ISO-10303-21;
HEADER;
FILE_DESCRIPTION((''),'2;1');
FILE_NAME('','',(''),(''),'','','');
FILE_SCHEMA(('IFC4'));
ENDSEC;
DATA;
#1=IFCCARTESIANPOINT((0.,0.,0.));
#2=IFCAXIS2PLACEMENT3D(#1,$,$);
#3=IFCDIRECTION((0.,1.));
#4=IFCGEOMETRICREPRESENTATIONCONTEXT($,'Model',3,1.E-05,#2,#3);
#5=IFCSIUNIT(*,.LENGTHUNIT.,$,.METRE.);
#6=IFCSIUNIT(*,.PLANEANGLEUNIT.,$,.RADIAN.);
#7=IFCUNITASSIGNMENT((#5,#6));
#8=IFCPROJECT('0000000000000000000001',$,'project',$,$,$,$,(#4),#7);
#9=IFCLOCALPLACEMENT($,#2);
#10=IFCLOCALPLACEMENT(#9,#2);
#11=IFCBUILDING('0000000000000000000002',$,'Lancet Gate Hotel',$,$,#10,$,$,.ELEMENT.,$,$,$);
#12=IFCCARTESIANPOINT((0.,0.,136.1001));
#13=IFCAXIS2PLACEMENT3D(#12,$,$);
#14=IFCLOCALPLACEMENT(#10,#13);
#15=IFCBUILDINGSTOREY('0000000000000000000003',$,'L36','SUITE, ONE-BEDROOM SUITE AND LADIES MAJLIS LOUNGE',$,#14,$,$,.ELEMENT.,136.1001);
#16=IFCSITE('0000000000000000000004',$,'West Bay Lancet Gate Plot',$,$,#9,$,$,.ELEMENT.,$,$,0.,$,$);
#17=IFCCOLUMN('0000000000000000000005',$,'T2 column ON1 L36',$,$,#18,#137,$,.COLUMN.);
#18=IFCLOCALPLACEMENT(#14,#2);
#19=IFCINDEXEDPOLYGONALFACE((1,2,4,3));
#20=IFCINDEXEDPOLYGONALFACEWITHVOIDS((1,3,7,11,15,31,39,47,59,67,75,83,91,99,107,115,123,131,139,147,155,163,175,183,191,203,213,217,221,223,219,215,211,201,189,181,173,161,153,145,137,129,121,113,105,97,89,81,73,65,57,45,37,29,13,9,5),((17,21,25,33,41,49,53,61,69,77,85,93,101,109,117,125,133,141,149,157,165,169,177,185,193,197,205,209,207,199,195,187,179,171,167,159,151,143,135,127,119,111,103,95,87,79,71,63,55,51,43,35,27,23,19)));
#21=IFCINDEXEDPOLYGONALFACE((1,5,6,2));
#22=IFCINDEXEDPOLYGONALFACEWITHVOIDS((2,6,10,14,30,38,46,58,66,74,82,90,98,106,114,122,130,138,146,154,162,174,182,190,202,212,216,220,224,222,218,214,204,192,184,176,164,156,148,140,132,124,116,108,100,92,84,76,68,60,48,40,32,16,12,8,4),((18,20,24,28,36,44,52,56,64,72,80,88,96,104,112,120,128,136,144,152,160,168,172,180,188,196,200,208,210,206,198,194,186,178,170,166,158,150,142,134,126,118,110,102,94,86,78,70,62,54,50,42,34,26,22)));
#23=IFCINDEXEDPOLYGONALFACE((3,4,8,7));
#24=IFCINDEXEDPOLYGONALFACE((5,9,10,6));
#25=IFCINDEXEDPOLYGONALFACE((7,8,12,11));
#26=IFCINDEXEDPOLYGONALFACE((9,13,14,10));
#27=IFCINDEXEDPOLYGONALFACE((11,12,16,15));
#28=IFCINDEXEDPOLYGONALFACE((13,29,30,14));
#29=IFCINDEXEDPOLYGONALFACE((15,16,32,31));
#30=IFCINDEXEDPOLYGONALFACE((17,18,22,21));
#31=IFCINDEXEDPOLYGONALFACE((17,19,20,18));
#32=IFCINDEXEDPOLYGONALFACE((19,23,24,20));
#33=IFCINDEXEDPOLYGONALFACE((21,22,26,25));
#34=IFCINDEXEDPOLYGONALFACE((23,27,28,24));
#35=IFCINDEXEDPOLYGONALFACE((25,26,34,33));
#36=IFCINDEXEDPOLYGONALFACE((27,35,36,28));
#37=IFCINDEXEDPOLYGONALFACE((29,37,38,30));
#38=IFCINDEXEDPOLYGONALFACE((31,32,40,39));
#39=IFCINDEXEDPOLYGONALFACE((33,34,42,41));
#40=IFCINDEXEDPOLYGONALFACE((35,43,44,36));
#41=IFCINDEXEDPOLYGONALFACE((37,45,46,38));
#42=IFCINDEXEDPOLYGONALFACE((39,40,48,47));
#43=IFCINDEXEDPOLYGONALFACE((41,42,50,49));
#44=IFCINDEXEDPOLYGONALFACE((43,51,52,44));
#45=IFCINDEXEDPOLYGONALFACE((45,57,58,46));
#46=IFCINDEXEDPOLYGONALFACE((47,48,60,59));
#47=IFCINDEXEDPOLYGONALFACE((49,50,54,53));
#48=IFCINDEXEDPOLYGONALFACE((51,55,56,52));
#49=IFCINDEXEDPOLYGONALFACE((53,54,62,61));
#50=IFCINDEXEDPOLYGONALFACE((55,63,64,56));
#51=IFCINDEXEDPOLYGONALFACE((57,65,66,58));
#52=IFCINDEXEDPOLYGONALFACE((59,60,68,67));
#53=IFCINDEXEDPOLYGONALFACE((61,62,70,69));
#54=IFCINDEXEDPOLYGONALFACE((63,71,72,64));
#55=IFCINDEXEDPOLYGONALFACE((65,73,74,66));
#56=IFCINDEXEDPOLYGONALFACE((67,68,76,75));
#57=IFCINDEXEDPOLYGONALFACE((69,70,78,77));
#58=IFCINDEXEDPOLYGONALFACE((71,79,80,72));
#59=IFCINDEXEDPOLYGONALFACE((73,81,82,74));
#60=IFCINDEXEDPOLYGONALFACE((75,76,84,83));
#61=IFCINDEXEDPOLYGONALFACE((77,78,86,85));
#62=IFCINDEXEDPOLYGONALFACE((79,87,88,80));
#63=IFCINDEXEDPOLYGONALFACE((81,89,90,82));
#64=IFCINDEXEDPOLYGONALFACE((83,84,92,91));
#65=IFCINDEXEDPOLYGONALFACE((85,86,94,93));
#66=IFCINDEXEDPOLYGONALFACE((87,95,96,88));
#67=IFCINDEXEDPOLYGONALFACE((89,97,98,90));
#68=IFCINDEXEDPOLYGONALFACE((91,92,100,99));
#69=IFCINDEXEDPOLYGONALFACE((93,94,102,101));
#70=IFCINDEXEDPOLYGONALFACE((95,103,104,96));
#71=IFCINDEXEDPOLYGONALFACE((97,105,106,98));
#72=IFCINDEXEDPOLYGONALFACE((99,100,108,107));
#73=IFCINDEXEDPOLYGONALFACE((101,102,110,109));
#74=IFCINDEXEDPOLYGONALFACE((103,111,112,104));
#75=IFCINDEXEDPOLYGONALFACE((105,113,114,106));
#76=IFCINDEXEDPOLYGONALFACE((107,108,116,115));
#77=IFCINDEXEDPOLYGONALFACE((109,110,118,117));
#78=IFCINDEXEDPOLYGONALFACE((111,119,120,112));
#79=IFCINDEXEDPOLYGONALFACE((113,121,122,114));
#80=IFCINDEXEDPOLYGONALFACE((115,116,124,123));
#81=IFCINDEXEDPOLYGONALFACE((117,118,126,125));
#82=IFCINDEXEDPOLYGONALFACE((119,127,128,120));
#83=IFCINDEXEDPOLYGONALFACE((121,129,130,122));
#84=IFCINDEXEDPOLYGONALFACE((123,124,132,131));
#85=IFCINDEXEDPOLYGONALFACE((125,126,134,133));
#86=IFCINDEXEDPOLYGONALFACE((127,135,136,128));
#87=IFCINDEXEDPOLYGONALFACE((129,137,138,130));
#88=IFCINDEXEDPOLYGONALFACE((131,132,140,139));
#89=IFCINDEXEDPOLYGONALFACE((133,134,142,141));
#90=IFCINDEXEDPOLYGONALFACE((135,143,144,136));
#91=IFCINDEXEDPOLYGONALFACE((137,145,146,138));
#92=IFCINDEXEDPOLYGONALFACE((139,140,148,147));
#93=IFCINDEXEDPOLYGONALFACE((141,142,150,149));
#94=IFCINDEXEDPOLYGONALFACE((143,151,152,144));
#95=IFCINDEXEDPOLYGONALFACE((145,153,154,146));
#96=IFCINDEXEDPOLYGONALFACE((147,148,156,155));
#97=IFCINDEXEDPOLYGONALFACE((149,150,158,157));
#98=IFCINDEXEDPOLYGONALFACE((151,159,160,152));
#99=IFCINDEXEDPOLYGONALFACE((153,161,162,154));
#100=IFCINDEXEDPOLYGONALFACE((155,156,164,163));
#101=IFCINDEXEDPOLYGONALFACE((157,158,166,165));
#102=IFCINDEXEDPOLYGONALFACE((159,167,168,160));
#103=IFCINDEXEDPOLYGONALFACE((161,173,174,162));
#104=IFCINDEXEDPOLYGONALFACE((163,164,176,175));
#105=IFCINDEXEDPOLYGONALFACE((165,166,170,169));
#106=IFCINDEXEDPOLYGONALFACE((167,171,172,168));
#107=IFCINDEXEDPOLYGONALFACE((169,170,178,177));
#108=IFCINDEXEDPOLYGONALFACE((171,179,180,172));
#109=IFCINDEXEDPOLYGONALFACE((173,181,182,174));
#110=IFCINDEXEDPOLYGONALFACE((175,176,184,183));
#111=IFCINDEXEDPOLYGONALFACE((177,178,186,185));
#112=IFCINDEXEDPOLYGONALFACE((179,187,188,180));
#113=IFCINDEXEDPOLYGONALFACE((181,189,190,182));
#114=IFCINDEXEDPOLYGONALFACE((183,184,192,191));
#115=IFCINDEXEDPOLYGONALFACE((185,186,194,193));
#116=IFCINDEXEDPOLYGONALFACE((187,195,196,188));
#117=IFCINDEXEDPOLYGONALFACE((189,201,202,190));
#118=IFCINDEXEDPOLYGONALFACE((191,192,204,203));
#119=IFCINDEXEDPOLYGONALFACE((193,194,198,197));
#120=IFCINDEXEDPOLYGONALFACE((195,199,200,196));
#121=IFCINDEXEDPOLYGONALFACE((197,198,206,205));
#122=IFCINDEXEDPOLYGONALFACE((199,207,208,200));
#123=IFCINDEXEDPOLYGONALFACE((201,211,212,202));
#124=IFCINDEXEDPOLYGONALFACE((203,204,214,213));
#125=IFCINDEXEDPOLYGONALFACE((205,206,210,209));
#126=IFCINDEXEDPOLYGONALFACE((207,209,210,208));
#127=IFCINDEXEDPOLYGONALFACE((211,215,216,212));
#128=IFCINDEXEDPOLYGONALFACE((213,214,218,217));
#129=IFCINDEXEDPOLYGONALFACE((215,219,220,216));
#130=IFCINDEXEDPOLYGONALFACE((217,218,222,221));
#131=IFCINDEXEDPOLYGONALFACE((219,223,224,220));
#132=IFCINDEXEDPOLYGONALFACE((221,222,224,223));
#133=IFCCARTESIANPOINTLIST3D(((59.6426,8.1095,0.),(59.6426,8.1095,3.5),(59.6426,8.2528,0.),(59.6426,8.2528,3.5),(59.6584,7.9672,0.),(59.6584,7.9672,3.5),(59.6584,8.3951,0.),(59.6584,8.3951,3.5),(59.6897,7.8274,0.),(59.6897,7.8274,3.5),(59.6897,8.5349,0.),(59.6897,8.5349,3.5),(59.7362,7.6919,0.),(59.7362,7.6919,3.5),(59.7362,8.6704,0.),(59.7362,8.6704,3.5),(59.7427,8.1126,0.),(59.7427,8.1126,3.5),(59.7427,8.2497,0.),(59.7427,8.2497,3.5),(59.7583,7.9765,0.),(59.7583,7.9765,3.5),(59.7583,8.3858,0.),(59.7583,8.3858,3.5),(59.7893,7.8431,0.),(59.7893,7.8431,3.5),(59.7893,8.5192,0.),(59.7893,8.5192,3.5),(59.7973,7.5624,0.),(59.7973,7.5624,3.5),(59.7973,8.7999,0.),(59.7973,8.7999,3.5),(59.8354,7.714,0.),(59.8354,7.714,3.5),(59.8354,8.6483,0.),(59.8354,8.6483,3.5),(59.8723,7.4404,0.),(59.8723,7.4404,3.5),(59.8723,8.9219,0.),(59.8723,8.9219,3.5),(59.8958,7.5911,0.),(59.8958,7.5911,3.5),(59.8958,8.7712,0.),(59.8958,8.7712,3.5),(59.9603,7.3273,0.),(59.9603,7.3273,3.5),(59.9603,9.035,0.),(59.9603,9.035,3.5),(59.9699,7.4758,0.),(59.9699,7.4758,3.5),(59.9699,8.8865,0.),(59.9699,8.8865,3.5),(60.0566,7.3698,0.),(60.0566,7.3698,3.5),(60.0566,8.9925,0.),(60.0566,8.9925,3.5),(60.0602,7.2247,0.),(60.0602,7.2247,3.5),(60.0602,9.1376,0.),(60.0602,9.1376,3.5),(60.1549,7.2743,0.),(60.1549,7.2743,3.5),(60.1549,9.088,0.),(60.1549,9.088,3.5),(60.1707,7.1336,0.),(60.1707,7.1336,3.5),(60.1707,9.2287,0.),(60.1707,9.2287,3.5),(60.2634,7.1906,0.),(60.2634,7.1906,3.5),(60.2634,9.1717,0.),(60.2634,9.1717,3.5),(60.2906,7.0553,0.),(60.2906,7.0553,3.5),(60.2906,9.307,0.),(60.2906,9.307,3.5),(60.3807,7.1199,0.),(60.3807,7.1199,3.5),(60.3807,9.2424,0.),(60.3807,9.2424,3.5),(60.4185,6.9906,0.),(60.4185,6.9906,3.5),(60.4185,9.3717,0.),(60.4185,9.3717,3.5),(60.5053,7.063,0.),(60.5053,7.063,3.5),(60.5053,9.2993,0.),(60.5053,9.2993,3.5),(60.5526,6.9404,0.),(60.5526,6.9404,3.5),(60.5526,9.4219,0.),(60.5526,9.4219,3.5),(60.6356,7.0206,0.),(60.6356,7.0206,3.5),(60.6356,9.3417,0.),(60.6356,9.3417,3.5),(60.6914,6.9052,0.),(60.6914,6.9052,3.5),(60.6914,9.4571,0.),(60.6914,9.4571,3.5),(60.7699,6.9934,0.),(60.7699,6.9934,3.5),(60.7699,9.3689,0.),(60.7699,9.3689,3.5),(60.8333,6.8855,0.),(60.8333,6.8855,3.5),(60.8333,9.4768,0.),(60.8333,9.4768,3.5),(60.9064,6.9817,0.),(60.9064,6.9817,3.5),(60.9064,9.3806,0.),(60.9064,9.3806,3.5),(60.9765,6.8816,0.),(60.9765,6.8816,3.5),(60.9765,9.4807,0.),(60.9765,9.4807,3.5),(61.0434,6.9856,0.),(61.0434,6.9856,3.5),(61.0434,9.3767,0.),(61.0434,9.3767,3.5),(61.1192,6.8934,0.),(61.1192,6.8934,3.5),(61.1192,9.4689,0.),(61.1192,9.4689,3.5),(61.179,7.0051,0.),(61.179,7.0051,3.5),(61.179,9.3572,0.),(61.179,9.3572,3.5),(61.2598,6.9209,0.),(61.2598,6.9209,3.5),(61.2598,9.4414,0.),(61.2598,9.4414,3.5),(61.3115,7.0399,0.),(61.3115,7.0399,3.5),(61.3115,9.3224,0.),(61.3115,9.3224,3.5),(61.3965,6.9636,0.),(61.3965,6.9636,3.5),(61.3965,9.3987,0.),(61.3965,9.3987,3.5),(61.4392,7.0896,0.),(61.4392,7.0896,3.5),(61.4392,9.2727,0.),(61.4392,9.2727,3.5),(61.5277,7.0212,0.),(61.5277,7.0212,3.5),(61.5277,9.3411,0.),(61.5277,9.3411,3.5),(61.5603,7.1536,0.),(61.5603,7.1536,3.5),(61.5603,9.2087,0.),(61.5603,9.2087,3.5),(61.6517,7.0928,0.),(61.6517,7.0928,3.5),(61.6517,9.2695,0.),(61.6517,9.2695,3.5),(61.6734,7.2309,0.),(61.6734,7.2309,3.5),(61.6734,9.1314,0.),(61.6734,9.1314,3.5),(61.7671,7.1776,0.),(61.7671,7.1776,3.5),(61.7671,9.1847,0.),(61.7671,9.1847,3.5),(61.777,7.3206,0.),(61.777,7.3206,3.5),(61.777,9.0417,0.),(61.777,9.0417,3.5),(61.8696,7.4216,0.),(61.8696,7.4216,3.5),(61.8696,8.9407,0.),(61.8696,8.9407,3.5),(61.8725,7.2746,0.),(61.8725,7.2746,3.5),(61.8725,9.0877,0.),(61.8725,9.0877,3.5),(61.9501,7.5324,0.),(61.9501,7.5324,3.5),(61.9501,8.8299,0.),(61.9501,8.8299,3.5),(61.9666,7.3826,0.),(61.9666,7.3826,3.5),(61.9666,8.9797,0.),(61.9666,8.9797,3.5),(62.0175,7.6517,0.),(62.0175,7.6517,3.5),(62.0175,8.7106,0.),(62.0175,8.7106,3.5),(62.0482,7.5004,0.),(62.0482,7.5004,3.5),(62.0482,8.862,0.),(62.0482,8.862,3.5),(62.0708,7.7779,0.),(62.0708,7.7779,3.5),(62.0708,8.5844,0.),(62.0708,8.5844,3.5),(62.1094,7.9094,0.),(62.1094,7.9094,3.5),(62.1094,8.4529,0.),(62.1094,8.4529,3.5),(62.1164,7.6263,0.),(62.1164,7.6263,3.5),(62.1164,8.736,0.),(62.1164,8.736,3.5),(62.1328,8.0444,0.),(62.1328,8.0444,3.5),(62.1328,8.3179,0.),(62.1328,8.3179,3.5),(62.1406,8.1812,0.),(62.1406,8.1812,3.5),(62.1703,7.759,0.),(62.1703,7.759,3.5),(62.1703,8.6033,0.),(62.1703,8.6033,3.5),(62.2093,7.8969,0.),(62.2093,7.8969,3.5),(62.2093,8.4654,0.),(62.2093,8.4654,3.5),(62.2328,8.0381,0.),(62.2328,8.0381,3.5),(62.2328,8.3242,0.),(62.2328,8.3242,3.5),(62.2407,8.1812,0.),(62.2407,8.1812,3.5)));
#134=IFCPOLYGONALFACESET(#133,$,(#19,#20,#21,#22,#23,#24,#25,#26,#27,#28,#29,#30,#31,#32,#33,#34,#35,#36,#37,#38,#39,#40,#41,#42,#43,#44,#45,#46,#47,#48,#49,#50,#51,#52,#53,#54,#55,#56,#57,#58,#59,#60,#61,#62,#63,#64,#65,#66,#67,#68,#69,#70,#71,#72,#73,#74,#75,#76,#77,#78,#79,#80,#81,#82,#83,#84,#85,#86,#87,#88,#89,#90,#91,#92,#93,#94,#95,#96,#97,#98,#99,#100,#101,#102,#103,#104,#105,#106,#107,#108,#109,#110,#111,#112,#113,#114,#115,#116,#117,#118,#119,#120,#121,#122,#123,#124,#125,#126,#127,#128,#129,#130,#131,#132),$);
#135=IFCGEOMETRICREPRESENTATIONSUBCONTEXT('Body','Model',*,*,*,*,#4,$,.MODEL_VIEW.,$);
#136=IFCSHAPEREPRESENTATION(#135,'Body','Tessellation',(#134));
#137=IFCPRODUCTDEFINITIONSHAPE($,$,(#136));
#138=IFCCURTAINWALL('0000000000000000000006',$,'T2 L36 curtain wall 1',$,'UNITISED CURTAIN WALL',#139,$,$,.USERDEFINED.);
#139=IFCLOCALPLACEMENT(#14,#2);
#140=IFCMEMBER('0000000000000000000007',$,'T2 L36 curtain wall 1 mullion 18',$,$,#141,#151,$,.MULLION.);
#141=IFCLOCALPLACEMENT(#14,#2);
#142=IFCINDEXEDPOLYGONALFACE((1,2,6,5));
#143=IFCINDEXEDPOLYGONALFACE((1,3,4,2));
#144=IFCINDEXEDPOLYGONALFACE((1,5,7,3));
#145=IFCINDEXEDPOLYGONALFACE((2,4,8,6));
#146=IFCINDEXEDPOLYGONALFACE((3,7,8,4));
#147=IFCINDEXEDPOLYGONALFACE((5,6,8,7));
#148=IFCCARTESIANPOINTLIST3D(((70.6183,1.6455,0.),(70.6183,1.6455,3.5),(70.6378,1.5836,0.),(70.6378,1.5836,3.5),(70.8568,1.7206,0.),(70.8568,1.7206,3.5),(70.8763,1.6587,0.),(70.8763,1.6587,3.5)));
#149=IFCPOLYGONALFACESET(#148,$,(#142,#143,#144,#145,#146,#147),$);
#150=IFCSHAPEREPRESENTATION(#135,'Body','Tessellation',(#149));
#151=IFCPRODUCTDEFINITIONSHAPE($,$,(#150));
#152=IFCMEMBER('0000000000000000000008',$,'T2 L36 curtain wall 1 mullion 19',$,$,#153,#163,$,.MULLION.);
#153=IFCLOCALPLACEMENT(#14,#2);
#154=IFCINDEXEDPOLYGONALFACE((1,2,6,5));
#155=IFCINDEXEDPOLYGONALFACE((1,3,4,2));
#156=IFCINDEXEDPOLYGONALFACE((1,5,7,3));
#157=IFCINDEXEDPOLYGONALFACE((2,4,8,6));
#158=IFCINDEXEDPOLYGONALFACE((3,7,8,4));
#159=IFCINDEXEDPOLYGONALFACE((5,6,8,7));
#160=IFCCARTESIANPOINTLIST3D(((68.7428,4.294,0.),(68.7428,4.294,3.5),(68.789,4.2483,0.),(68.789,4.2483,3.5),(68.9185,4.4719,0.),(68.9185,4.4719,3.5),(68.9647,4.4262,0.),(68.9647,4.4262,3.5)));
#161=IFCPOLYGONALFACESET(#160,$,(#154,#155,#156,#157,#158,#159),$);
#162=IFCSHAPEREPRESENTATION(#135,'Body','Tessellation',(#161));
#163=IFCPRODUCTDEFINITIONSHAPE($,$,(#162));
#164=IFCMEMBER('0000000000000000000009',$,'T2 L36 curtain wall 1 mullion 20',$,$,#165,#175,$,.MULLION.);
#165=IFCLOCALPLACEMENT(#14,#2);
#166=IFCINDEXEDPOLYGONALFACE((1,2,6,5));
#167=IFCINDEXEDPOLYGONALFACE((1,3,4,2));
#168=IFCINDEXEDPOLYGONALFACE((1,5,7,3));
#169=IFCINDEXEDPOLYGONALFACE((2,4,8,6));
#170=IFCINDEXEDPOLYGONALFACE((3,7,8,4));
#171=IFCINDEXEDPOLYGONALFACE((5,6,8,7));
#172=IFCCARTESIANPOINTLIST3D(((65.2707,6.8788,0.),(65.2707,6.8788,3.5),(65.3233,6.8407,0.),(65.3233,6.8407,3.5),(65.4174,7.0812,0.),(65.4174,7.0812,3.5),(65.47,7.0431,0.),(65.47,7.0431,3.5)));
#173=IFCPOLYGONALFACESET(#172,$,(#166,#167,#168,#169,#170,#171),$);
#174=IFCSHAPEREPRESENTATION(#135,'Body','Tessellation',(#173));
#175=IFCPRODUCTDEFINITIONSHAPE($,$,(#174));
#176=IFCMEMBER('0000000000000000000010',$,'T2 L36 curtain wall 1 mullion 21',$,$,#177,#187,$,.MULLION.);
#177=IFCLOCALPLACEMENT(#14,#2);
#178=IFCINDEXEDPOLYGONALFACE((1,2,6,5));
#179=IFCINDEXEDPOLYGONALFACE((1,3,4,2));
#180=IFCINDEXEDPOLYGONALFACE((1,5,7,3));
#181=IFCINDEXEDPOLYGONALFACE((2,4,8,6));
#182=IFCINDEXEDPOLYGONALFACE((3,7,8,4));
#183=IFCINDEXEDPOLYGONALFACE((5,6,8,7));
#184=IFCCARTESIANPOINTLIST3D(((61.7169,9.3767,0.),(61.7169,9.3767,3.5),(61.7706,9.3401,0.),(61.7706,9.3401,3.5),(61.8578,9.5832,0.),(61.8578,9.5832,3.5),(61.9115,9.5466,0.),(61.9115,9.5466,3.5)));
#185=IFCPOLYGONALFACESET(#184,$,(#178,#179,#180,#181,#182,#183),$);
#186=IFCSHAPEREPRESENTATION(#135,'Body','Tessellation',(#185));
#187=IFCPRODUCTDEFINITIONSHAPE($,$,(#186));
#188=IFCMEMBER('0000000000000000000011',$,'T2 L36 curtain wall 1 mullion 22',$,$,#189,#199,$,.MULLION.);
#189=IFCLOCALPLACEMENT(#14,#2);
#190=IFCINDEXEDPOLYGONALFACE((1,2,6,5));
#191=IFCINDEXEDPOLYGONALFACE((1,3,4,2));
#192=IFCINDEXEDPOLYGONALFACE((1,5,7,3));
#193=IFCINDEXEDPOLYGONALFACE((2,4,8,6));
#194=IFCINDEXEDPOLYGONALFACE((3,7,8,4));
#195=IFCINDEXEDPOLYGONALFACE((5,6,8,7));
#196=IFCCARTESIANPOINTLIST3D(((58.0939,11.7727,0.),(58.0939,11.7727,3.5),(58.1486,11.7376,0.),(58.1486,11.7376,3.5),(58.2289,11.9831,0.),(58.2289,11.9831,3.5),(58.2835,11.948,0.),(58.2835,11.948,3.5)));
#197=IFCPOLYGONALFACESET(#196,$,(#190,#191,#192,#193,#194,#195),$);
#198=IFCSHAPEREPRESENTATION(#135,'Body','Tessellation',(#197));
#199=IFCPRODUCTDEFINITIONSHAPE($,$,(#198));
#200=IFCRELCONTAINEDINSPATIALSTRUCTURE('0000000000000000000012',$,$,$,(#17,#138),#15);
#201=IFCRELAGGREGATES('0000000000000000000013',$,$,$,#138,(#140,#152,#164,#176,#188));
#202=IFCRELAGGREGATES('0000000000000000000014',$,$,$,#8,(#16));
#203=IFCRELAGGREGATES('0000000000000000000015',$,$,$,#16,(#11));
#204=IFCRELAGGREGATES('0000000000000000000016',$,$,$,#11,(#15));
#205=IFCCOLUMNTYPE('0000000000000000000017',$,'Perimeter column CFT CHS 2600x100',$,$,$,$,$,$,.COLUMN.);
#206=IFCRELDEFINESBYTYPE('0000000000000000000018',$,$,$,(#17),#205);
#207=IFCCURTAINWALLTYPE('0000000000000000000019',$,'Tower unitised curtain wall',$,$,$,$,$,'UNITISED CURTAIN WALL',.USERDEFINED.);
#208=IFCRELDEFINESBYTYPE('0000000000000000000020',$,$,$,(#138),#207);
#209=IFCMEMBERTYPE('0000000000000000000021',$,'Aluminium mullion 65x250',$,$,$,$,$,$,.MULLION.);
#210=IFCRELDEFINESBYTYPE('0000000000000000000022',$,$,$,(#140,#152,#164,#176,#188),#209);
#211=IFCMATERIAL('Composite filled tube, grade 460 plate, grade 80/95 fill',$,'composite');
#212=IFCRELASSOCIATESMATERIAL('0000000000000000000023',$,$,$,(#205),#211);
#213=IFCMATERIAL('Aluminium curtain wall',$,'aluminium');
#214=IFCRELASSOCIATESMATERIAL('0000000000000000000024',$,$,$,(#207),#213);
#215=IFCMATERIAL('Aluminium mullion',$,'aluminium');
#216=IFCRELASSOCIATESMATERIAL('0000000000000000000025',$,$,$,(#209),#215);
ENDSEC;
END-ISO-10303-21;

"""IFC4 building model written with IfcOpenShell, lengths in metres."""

from ifc_helpers import new_model, si_unit, direction, frame, origin, origin_2d, place, context, subcontext, project, spatial, rectangle, hollow_circle, extrude, material, material_profile, profile_set, type_object, element, aggregate, save


model = new_model("IFC4")

# Units and contexts
model_context = context("Model", 3, precision=1e-05, world=origin(), true_north=direction((0.0, 1.0)))
body_context = subcontext(model_context, "Body", "Model", "MODEL_VIEW")
ifc_project = project(units=[si_unit("LENGTHUNIT", "METRE"), si_unit("PLANEANGLEUNIT", "RADIAN")], contexts=[model_context])

# Site, building, storey
site_placement = place(None, origin())
site = spatial("IfcSite", under=ifc_project, at=site_placement, Name="West Bay Lancet Gate Plot", CompositionType="ELEMENT", RefElevation=0.0)
building_placement = place(site_placement, origin())
building = spatial("IfcBuilding", under=site, at=building_placement, Name="Lancet Gate Hotel", CompositionType="ELEMENT")
storey_placement = place(building_placement, frame((0.0, 0.0, 136.1001)))
storey = spatial("IfcBuildingStorey", under=building, at=storey_placement, Name="L36", Description="SUITE, ONE-BEDROOM SUITE AND LADIES MAJLIS LOUNGE", CompositionType="ELEMENT", Elevation=136.1001)

# Column
ifc_material_1 = material(Name="Composite filled tube, grade 460 plate, grade 80/95 fill", Category="composite")
ifc_material_profile_1 = material_profile(ifc_material_1, hollow_circle(Radius=1.3, WallThickness=0.1001, at=origin_2d()), Name="CHS 2600x100")
ifc_profile_set_1 = profile_set([ifc_material_profile_1], Name="Composite filled tube, grade 460 plate, grade 80/95 fill")
column_type_1 = type_object("IfcColumnType", Name="Perimeter column CFT CHS 2600x100", PredefinedType="COLUMN", material=ifc_profile_set_1)
column_1_placement = place(storey_placement, frame((60.9407, 8.1812, 0.0), z_axis=(0.0, 0.0, 1.0), x_axis=(1.0, 0.0, 0.0)))
element("IfcColumn", 1, at=column_1_placement, inside=storey, type_object=column_type_1, Name="T2 column ON1 L36", PredefinedType="COLUMN", context=body_context, shape_type="SweptSolid", body=[
    extrude(hollow_circle(Radius=1.3, WallThickness=0.1001, at=origin_2d()), origin(), (0.0, 0.0, 1.0), 3.5),
])

# Curtain wall, members
ifc_material_2 = material(Name="Aluminium curtain wall", Category="aluminium")
curtain_wall_type = type_object("IfcCurtainWallType", Name="Tower unitised curtain wall", ElementType="UNITISED CURTAIN WALL", PredefinedType="USERDEFINED", material=ifc_material_2)
curtain_wall_placement = place(storey_placement, origin())
curtain_wall = element("IfcCurtainWall", 2, at=curtain_wall_placement, inside=storey, type_object=curtain_wall_type, Name="T2 L36 curtain wall 1", ObjectType="UNITISED CURTAIN WALL", PredefinedType="USERDEFINED")
ifc_material_3 = material(Name="Aluminium mullion", Category="aluminium")
ifc_material_profile_2 = material_profile(ifc_material_3, rectangle(XDim=0.0649, YDim=0.25, at=origin_2d()), Name="MULLION 65x250")
ifc_profile_set_2 = profile_set([ifc_material_profile_2], Name="Aluminium mullion")
member_type_1 = type_object("IfcMemberType", Name="Aluminium mullion 65x250", PredefinedType="MULLION", material=ifc_profile_set_2)
member_1_placement = place(storey_placement, frame((70.7473, 1.6521, 0.0), z_axis=(0.0, 0.0, 1.0), x_axis=(-0.300385, 0.953818, 0.0)))
member_1 = element("IfcMember", 3, at=member_1_placement, type_object=member_type_1, Name="T2 L36 curtain wall 1 mullion 18", PredefinedType="MULLION", context=body_context, shape_type="SweptSolid", body=[
    extrude(rectangle(XDim=0.0649, YDim=0.25, at=origin_2d()), origin(), (0.0, 0.0, 1.0), 3.5),
])
member_2_placement = place(storey_placement, frame((68.8538, 4.3601, 0.0), z_axis=(0.0, 0.0, 1.0), x_axis=(-0.71161, 0.702574, 0.0)))
member_2 = element("IfcMember", 4, at=member_2_placement, type_object=member_type_1, Name="T2 L36 curtain wall 1 mullion 19", PredefinedType="MULLION", context=body_context, shape_type="SweptSolid", body=[
    extrude(rectangle(XDim=0.0649, YDim=0.25, at=origin_2d()), origin(), (0.0, 0.0, 1.0), 3.5),
])
member_3_placement = place(storey_placement, frame((65.3704, 6.9609, 0.0), z_axis=(0.0, 0.0, 1.0), x_axis=(-0.809729, 0.586805, 0.0)))
member_3 = element("IfcMember", 5, at=member_3_placement, type_object=member_type_1, Name="T2 L36 curtain wall 1 mullion 20", PredefinedType="MULLION", context=body_context, shape_type="SweptSolid", body=[
    extrude(rectangle(XDim=0.0649, YDim=0.25, at=origin_2d()), origin(), (0.0, 0.0, 1.0), 3.5),
])
member_4_placement = place(storey_placement, frame((61.8142, 9.4617, 0.0), z_axis=(0.0, 0.0, 1.0), x_axis=(-0.826066, 0.563574, 0.0)))
member_4 = element("IfcMember", 6, at=member_4_placement, type_object=member_type_1, Name="T2 L36 curtain wall 1 mullion 21", PredefinedType="MULLION", context=body_context, shape_type="SweptSolid", body=[
    extrude(rectangle(XDim=0.0649, YDim=0.25, at=origin_2d()), origin(), (0.0, 0.0, 1.0), 3.5),
])
member_5_placement = place(storey_placement, frame((58.1887, 11.8604, 0.0), z_axis=(0.0, 0.0, 1.0), x_axis=(-0.841736, 0.539889, 0.0)))
member_5 = element("IfcMember", 7, at=member_5_placement, type_object=member_type_1, Name="T2 L36 curtain wall 1 mullion 22", PredefinedType="MULLION", context=body_context, shape_type="SweptSolid", body=[
    extrude(rectangle(XDim=0.0649, YDim=0.25, at=origin_2d()), origin(), (0.0, 0.0, 1.0), 3.5),
])

aggregate(curtain_wall, [member_1, member_2, member_3, member_4, member_5])

save(model, "model.ifc")
